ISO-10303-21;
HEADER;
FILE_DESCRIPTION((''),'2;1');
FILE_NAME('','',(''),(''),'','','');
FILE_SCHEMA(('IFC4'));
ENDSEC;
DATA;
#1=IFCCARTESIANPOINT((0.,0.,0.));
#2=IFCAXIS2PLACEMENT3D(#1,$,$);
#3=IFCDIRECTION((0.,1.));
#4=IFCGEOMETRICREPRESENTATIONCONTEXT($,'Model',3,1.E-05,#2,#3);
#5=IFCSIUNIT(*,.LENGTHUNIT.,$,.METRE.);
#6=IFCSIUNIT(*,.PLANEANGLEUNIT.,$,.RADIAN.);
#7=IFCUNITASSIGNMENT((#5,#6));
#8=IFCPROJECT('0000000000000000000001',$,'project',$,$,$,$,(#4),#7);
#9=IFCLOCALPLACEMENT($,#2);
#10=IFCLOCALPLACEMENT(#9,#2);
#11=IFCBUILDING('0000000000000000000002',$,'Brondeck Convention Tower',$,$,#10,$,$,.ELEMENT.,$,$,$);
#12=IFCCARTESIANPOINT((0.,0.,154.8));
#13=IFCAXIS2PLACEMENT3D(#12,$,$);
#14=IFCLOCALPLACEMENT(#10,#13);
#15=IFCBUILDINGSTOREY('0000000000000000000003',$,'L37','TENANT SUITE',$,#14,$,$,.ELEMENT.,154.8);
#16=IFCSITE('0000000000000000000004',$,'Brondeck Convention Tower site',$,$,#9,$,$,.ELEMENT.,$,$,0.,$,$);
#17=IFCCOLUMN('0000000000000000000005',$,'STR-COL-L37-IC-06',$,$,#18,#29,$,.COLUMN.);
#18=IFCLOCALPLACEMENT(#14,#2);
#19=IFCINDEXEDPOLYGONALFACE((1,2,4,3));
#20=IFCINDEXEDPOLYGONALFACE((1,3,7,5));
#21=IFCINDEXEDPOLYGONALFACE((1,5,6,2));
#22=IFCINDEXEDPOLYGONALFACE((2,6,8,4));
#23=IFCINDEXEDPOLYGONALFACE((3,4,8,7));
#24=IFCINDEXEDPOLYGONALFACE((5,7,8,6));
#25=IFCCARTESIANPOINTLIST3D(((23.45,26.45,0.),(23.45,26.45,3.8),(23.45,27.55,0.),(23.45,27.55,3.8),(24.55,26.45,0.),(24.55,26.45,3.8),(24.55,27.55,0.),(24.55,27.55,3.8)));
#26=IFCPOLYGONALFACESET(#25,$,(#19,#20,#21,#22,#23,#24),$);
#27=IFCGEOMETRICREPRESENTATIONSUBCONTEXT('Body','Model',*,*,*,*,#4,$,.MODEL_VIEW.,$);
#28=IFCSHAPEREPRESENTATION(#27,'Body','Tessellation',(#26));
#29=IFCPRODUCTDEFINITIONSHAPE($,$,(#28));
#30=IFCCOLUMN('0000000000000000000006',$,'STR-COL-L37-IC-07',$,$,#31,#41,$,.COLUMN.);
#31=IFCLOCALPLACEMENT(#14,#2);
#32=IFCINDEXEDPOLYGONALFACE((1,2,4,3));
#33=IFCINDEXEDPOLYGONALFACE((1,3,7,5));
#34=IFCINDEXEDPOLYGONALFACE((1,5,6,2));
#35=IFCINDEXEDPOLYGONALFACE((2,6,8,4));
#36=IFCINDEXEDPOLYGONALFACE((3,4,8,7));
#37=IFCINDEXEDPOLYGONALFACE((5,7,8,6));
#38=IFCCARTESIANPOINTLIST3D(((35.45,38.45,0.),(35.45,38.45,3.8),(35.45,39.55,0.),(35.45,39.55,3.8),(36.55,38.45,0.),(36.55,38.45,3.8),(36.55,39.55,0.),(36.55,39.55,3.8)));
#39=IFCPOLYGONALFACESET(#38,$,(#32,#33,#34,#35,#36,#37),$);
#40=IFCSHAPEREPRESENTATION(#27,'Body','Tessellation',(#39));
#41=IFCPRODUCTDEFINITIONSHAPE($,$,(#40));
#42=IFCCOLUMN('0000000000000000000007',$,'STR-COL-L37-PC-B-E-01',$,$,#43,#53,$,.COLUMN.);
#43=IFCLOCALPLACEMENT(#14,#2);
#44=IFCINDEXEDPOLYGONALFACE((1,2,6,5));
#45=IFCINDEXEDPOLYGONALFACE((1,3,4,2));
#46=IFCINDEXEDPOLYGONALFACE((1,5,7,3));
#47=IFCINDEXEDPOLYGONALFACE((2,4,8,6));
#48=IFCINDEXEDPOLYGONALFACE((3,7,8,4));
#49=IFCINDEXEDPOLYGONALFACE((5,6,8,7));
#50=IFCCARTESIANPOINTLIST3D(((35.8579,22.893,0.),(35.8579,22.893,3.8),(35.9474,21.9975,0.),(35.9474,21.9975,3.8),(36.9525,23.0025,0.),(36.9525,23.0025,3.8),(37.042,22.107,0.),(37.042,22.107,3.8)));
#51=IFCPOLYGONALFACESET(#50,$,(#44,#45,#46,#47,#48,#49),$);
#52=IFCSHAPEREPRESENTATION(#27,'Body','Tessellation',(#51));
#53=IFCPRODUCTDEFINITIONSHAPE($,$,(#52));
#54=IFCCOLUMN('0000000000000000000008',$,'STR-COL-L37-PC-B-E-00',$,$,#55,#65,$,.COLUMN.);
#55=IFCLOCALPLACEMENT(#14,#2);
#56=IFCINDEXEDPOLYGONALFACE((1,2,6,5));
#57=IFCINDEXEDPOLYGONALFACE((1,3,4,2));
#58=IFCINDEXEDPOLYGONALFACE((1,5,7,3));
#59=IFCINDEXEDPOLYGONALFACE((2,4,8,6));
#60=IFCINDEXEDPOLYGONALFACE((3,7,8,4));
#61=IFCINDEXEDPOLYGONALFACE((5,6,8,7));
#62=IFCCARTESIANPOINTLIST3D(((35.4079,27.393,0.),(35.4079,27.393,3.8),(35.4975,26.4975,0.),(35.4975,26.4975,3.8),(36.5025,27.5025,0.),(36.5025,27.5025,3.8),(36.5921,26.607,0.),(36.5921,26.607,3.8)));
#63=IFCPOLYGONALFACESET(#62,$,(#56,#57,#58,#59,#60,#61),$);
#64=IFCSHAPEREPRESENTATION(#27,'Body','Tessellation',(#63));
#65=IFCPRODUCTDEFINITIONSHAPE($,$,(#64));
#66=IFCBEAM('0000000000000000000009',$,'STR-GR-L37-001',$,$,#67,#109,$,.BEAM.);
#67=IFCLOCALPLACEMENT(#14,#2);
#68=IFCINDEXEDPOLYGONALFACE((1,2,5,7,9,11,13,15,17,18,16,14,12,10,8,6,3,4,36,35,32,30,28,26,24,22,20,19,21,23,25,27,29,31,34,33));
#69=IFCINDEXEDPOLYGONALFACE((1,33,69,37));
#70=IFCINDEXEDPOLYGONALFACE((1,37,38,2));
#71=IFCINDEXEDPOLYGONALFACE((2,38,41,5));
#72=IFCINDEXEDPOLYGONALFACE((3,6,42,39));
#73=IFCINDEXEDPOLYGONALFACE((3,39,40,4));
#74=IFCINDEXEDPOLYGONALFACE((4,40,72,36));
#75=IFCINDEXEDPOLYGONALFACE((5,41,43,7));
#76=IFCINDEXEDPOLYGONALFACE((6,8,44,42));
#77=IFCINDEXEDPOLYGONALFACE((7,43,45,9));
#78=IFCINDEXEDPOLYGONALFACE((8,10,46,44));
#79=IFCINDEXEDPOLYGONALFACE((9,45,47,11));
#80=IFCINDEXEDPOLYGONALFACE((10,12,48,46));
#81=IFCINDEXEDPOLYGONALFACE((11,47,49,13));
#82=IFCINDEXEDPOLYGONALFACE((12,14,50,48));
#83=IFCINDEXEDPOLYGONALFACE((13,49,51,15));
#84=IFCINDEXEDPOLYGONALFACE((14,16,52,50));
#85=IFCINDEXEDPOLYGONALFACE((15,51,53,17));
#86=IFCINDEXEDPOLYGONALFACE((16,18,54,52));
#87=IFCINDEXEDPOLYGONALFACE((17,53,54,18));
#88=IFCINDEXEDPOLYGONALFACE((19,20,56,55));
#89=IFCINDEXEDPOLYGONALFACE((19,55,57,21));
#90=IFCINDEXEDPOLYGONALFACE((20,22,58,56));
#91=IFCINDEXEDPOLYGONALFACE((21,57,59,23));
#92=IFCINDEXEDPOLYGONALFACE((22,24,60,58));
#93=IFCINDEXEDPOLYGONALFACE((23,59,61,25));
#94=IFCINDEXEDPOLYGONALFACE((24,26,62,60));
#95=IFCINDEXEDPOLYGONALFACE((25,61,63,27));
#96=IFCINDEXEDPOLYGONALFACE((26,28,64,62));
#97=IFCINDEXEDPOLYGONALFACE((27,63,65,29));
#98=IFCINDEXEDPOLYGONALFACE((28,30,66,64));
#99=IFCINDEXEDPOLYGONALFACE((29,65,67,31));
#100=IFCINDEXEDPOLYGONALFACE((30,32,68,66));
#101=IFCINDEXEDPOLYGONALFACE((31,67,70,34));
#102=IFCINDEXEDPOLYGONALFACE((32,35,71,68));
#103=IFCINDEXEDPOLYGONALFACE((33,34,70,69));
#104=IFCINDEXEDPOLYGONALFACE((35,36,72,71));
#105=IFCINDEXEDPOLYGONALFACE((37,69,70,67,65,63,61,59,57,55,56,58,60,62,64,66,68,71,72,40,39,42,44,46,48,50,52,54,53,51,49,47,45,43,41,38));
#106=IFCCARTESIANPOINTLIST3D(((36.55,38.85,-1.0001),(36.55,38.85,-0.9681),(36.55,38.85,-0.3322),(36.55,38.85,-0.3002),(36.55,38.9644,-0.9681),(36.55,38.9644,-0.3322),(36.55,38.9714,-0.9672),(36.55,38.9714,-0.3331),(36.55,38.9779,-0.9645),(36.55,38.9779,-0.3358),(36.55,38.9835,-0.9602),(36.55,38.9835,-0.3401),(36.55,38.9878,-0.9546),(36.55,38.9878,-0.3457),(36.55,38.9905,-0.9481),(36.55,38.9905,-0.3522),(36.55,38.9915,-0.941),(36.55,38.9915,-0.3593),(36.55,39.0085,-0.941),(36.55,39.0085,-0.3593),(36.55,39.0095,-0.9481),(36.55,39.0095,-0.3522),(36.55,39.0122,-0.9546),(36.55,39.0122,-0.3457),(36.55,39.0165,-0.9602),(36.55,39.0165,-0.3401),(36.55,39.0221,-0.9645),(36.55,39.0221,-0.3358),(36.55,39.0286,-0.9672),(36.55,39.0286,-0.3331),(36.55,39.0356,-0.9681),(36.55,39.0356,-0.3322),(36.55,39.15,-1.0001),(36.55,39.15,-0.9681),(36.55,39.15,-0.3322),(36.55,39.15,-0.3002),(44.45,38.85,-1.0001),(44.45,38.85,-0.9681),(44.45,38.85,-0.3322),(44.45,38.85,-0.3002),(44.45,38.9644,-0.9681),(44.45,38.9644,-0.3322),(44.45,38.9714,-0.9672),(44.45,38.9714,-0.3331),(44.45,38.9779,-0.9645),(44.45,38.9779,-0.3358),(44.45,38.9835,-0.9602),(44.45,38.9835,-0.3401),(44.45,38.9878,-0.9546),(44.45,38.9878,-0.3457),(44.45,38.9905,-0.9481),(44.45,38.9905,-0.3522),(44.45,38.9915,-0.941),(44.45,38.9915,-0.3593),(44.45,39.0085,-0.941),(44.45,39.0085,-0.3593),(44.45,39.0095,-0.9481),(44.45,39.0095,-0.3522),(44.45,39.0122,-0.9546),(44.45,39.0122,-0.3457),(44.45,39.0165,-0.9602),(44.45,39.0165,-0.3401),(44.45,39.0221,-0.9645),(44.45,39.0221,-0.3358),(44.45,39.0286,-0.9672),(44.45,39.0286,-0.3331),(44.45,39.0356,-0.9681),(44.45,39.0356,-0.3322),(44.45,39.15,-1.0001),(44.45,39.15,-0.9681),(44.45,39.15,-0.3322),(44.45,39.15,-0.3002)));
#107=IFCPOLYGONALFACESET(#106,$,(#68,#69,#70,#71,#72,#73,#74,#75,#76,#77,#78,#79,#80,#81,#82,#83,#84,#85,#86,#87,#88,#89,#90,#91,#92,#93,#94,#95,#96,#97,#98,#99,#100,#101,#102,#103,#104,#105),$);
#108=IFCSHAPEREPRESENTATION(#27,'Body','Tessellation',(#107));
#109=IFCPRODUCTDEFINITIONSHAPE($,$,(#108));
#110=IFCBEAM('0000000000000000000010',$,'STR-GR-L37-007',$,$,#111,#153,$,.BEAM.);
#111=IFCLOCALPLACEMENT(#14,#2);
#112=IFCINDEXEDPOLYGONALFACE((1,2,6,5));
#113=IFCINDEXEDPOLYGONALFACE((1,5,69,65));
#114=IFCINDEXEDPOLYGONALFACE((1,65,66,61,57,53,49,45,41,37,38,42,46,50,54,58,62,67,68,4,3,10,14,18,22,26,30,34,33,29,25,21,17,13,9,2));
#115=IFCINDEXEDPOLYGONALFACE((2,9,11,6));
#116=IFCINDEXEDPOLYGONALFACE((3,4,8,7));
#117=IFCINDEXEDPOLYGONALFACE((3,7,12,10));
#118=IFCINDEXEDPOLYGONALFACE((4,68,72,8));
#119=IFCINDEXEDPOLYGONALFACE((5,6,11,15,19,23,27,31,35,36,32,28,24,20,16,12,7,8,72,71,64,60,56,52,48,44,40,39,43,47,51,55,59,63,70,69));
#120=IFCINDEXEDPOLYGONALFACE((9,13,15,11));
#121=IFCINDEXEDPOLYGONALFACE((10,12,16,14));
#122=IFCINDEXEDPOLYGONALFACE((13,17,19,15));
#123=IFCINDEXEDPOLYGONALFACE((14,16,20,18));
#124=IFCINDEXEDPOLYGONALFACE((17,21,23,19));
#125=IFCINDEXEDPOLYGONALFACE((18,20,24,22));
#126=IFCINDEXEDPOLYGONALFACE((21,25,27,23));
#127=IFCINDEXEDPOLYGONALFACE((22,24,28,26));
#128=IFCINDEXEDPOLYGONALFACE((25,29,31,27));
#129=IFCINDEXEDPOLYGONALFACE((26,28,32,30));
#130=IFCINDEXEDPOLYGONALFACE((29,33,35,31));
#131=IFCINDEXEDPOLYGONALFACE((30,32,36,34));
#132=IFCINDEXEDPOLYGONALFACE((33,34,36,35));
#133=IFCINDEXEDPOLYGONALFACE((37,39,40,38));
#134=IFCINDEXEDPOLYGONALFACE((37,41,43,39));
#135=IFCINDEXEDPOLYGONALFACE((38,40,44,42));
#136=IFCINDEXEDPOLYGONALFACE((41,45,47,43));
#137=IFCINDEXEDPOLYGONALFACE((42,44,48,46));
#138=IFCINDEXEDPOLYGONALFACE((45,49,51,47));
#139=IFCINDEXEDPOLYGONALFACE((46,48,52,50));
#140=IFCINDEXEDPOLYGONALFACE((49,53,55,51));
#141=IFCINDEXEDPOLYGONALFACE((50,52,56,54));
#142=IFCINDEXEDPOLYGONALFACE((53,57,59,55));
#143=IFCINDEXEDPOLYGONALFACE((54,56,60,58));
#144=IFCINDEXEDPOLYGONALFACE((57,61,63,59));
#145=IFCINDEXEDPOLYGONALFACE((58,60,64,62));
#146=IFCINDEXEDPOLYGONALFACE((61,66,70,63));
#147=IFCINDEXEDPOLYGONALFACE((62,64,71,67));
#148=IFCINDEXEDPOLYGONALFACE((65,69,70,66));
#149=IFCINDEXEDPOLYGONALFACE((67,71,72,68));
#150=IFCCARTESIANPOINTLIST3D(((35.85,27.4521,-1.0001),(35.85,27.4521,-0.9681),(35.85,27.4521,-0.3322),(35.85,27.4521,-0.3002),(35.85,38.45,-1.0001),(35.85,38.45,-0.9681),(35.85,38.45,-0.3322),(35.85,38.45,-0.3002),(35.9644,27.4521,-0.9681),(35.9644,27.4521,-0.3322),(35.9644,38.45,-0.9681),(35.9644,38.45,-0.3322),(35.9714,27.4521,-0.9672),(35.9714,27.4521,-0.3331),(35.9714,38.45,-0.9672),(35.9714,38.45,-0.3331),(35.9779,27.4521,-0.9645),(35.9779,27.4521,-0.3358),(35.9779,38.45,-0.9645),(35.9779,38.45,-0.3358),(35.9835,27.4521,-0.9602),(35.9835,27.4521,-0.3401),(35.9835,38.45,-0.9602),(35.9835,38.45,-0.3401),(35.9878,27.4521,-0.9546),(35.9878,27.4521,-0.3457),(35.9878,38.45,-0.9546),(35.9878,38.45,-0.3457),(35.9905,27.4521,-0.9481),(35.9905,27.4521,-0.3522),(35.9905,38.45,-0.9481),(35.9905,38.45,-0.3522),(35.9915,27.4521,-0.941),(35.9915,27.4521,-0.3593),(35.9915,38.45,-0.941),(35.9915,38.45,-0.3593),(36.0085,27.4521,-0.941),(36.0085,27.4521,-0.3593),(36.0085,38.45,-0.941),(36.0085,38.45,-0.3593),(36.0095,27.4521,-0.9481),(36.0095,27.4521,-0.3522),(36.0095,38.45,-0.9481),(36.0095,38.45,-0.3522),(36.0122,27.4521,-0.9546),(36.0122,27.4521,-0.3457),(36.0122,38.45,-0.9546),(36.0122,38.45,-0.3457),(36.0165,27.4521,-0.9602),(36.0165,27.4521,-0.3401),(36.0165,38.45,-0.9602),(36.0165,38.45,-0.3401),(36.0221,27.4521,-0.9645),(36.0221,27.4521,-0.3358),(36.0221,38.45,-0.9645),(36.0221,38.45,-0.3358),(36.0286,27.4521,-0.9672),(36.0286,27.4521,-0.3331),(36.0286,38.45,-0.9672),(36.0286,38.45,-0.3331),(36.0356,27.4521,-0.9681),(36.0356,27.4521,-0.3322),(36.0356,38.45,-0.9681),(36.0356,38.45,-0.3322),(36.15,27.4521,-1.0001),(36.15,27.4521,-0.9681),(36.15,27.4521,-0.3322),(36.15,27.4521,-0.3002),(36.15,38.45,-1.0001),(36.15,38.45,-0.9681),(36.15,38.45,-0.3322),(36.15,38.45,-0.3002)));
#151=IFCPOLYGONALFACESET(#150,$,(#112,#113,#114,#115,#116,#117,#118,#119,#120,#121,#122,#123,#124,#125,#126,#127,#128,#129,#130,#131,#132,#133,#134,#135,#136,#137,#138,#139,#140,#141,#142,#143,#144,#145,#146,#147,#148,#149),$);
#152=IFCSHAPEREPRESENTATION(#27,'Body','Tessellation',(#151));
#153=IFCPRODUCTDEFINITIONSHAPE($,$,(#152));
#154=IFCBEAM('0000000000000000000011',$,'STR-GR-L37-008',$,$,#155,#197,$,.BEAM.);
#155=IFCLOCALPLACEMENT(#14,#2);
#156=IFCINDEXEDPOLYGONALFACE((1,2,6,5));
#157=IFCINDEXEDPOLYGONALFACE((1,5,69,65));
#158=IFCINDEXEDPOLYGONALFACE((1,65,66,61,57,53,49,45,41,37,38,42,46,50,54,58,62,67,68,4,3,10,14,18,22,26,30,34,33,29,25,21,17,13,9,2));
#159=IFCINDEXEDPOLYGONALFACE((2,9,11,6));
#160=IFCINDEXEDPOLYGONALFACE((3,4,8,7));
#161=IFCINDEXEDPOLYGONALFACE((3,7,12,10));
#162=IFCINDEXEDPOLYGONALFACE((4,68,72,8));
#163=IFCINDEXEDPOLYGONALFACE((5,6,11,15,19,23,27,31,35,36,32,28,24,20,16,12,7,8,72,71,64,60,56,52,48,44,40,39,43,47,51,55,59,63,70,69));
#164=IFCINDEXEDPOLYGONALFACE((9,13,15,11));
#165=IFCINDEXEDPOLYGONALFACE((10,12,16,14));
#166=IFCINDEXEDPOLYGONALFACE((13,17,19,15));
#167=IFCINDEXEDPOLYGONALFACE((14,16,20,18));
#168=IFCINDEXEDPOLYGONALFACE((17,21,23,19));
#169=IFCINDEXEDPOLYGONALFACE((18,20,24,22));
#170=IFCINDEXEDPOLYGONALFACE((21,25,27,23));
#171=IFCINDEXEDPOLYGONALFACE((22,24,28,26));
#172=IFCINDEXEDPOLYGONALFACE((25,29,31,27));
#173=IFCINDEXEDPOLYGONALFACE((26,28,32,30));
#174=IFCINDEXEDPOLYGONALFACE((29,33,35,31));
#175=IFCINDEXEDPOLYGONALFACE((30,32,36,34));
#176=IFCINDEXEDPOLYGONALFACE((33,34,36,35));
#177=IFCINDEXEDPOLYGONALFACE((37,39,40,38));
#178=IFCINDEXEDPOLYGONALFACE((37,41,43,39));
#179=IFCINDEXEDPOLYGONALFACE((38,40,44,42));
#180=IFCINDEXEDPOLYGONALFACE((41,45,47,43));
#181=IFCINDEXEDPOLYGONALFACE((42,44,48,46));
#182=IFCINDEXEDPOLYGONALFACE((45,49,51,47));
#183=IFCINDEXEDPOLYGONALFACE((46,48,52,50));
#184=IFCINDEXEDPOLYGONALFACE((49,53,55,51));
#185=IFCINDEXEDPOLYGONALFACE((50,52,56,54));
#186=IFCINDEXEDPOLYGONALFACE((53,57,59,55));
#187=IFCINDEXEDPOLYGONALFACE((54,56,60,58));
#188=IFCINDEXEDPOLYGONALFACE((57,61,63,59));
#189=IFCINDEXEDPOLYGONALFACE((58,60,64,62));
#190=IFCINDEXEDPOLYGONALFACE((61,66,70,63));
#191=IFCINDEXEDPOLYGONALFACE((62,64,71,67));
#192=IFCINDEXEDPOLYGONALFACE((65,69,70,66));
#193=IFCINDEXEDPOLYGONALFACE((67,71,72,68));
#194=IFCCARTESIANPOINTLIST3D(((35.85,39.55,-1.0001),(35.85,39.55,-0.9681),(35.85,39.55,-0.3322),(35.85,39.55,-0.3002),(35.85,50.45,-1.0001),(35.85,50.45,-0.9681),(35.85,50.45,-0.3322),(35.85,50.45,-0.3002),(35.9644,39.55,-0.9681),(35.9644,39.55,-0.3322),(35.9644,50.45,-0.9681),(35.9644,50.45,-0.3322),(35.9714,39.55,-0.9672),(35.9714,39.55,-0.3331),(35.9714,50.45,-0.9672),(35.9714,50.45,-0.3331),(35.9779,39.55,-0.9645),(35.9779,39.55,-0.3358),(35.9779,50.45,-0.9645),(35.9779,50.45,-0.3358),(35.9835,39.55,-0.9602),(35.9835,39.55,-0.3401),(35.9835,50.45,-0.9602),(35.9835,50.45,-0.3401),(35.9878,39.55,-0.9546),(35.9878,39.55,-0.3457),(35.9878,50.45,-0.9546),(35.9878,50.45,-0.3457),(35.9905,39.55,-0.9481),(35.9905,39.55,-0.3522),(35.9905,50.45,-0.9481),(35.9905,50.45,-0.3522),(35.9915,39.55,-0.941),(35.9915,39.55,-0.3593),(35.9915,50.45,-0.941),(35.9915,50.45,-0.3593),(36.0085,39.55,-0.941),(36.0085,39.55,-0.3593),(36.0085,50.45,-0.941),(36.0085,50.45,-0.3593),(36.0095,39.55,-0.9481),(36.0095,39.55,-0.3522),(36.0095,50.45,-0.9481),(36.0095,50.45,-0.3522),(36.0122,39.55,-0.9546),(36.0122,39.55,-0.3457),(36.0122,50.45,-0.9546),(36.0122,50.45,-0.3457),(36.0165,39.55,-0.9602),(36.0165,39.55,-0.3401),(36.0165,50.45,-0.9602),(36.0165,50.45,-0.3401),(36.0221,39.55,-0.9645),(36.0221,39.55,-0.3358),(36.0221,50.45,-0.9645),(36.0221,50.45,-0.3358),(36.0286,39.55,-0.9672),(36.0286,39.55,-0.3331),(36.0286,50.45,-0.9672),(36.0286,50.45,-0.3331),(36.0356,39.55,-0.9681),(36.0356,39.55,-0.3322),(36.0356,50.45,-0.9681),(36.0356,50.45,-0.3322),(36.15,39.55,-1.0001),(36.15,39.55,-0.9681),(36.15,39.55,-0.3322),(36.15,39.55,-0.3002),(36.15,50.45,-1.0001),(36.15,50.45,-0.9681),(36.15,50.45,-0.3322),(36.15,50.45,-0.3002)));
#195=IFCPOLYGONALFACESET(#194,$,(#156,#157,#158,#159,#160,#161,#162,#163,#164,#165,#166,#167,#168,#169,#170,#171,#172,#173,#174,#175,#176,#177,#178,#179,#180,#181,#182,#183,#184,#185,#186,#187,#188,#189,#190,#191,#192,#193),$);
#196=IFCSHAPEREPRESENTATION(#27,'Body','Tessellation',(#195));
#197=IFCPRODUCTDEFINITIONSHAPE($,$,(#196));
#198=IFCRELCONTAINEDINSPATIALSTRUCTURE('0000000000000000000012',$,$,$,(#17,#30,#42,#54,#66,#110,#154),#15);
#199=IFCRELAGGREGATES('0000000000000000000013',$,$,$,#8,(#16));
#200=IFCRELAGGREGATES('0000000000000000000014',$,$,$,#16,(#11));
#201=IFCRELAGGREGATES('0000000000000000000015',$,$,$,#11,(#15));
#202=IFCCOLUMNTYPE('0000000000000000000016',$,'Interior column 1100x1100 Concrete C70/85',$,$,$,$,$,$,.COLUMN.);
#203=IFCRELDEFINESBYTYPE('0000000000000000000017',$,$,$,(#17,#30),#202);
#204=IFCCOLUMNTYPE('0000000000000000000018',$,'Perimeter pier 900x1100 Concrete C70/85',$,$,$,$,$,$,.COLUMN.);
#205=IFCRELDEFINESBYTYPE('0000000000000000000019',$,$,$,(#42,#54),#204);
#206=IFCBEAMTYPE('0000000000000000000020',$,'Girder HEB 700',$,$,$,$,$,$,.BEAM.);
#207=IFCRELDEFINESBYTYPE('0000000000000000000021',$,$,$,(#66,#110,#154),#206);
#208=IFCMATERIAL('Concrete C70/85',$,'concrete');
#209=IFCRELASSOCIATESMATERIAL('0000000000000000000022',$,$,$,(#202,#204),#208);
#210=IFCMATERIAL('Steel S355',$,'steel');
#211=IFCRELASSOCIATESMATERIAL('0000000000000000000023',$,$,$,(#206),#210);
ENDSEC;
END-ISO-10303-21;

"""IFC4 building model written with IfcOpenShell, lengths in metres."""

from ifc_helpers import new_model, si_unit, direction, frame, origin, origin_2d, place, context, subcontext, project, spatial, rectangle, i_section, extrude, material, material_profile, profile_set, type_object, element, save


model = new_model("IFC4")

# Units and contexts
model_context = context("Model", 3, precision=1e-05, world=origin(), true_north=direction((0.0, 1.0)))
body_context = subcontext(model_context, "Body", "Model", "MODEL_VIEW")
ifc_project = project(units=[si_unit("LENGTHUNIT", "METRE"), si_unit("PLANEANGLEUNIT", "RADIAN")], contexts=[model_context])

# Site, building, storey
site_placement = place(None, origin())
site = spatial("IfcSite", under=ifc_project, at=site_placement, Name="Brondeck Convention Tower site", CompositionType="ELEMENT", RefElevation=0.0)
building_placement = place(site_placement, origin())
building = spatial("IfcBuilding", under=site, at=building_placement, Name="Brondeck Convention Tower", CompositionType="ELEMENT")
storey_placement = place(building_placement, frame((0.0, 0.0, 154.8)))
storey = spatial("IfcBuildingStorey", under=building, at=storey_placement, Name="L37", Description="TENANT SUITE", CompositionType="ELEMENT", Elevation=154.8)

# Columns
ifc_material_1 = material(Name="Concrete C70/85", Category="concrete")
ifc_material_profile_1 = material_profile(ifc_material_1, rectangle(XDim=1.1001, YDim=1.1001, at=origin_2d()), Name="Interior column 1100x1100 Concrete C70/85")
ifc_profile_set_1 = profile_set([ifc_material_profile_1], Name="Concrete C70/85")
column_type_1 = type_object("IfcColumnType", Name="Interior column 1100x1100 Concrete C70/85", PredefinedType="COLUMN", material=ifc_profile_set_1)
for number, where, z_axis, x_axis, name in (
    (1, (24.0, 27.0, 0.0), (0.0, 0.0, 1.0), (1.0, 0.0, 0.0), "STR-COL-L37-IC-06"),
    (2, (36.0, 39.0, 0.0), (0.0, 0.0, 1.0), (1.0, 0.0, 0.0), "STR-COL-L37-IC-07"),
):
    element("IfcColumn", number, at=place(storey_placement, frame(where, z_axis=z_axis, x_axis=x_axis)), inside=storey, type_object=column_type_1, Name=name, PredefinedType="COLUMN", context=body_context, shape_type="SweptSolid", body=[
        extrude(rectangle(XDim=1.1001, YDim=1.1001, at=origin_2d()), origin(), (0.0, 0.0, 1.0), 3.8),
    ])
ifc_material_profile_2 = material_profile(ifc_material_1, rectangle(XDim=0.8999, YDim=1.1001, at=origin_2d()), Name="Perimeter pier 900x1100 Concrete C70/85")
ifc_profile_set_2 = profile_set([ifc_material_profile_2], Name="Concrete C70/85")
column_type_2 = type_object("IfcColumnType", Name="Perimeter pier 900x1100 Concrete C70/85", PredefinedType="COLUMN", material=ifc_profile_set_2)
for number, where, z_axis, x_axis, name in (
    (3, (36.45, 22.5, 0.0), (0.0, 0.0, 1.0), (-0.099504, 0.995037, 0.0), "STR-COL-L37-PC-B-E-01"),
    (4, (36.0, 27.0, 0.0), (0.0, 0.0, 1.0), (-0.099504, 0.995037, 0.0), "STR-COL-L37-PC-B-E-00"),
):
    element("IfcColumn", number, at=place(storey_placement, frame(where, z_axis=z_axis, x_axis=x_axis)), inside=storey, type_object=column_type_2, Name=name, PredefinedType="COLUMN", context=body_context, shape_type="SweptSolid", body=[
        extrude(rectangle(XDim=0.8999, YDim=1.1001, at=origin_2d()), origin(), (0.0, 0.0, 1.0), 3.8),
    ])

# Beams
ifc_material_2 = material(Name="Steel S355", Category="steel")
ifc_material_profile_3 = material_profile(ifc_material_2, i_section(OverallWidth=0.3, OverallDepth=0.7, WebThickness=0.0171, FlangeThickness=0.032, FilletRadius=0.0271, at=origin_2d()), Name="HEB 700")
ifc_profile_set_3 = profile_set([ifc_material_profile_3], Name="Steel S355")
beam_type_1 = type_object("IfcBeamType", Name="Girder HEB 700", PredefinedType="BEAM", material=ifc_profile_set_3)
beam_1_placement = place(storey_placement, frame((36.55, 39.0, -0.6501), z_axis=(1.0, 0.0, 0.0), x_axis=(0.0, 1.0, 0.0)))
element("IfcBeam", 5, at=beam_1_placement, inside=storey, type_object=beam_type_1, Name="STR-GR-L37-001", PredefinedType="BEAM", context=body_context, shape_type="SweptSolid", body=[
    extrude(i_section(OverallWidth=0.3, OverallDepth=0.7, WebThickness=0.0171, FlangeThickness=0.032, FilletRadius=0.0271, at=origin_2d()), origin(), (0.0, 0.0, 1.0), 7.8999),
])
beam_2_placement = place(storey_placement, frame((36.0, 27.4521, -0.6501), z_axis=(0.0, 1.0, 0.0), x_axis=(-1.0, 0.0, 0.0)))
element("IfcBeam", 6, at=beam_2_placement, inside=storey, type_object=beam_type_1, Name="STR-GR-L37-007", PredefinedType="BEAM", context=body_context, shape_type="SweptSolid", body=[
    extrude(i_section(OverallWidth=0.3, OverallDepth=0.7, WebThickness=0.0171, FlangeThickness=0.032, FilletRadius=0.0271, at=origin_2d()), origin(), (0.0, 0.0, 1.0), 10.9978),
])
beam_3_placement = place(storey_placement, frame((36.0, 39.55, -0.6501), z_axis=(0.0, 1.0, 0.0), x_axis=(-1.0, 0.0, 0.0)))
element("IfcBeam", 7, at=beam_3_placement, inside=storey, type_object=beam_type_1, Name="STR-GR-L37-008", PredefinedType="BEAM", context=body_context, shape_type="SweptSolid", body=[
    extrude(i_section(OverallWidth=0.3, OverallDepth=0.7, WebThickness=0.0171, FlangeThickness=0.032, FilletRadius=0.0271, at=origin_2d()), origin(), (0.0, 0.0, 1.0), 10.8999),
])

save(model, "model.ifc")
